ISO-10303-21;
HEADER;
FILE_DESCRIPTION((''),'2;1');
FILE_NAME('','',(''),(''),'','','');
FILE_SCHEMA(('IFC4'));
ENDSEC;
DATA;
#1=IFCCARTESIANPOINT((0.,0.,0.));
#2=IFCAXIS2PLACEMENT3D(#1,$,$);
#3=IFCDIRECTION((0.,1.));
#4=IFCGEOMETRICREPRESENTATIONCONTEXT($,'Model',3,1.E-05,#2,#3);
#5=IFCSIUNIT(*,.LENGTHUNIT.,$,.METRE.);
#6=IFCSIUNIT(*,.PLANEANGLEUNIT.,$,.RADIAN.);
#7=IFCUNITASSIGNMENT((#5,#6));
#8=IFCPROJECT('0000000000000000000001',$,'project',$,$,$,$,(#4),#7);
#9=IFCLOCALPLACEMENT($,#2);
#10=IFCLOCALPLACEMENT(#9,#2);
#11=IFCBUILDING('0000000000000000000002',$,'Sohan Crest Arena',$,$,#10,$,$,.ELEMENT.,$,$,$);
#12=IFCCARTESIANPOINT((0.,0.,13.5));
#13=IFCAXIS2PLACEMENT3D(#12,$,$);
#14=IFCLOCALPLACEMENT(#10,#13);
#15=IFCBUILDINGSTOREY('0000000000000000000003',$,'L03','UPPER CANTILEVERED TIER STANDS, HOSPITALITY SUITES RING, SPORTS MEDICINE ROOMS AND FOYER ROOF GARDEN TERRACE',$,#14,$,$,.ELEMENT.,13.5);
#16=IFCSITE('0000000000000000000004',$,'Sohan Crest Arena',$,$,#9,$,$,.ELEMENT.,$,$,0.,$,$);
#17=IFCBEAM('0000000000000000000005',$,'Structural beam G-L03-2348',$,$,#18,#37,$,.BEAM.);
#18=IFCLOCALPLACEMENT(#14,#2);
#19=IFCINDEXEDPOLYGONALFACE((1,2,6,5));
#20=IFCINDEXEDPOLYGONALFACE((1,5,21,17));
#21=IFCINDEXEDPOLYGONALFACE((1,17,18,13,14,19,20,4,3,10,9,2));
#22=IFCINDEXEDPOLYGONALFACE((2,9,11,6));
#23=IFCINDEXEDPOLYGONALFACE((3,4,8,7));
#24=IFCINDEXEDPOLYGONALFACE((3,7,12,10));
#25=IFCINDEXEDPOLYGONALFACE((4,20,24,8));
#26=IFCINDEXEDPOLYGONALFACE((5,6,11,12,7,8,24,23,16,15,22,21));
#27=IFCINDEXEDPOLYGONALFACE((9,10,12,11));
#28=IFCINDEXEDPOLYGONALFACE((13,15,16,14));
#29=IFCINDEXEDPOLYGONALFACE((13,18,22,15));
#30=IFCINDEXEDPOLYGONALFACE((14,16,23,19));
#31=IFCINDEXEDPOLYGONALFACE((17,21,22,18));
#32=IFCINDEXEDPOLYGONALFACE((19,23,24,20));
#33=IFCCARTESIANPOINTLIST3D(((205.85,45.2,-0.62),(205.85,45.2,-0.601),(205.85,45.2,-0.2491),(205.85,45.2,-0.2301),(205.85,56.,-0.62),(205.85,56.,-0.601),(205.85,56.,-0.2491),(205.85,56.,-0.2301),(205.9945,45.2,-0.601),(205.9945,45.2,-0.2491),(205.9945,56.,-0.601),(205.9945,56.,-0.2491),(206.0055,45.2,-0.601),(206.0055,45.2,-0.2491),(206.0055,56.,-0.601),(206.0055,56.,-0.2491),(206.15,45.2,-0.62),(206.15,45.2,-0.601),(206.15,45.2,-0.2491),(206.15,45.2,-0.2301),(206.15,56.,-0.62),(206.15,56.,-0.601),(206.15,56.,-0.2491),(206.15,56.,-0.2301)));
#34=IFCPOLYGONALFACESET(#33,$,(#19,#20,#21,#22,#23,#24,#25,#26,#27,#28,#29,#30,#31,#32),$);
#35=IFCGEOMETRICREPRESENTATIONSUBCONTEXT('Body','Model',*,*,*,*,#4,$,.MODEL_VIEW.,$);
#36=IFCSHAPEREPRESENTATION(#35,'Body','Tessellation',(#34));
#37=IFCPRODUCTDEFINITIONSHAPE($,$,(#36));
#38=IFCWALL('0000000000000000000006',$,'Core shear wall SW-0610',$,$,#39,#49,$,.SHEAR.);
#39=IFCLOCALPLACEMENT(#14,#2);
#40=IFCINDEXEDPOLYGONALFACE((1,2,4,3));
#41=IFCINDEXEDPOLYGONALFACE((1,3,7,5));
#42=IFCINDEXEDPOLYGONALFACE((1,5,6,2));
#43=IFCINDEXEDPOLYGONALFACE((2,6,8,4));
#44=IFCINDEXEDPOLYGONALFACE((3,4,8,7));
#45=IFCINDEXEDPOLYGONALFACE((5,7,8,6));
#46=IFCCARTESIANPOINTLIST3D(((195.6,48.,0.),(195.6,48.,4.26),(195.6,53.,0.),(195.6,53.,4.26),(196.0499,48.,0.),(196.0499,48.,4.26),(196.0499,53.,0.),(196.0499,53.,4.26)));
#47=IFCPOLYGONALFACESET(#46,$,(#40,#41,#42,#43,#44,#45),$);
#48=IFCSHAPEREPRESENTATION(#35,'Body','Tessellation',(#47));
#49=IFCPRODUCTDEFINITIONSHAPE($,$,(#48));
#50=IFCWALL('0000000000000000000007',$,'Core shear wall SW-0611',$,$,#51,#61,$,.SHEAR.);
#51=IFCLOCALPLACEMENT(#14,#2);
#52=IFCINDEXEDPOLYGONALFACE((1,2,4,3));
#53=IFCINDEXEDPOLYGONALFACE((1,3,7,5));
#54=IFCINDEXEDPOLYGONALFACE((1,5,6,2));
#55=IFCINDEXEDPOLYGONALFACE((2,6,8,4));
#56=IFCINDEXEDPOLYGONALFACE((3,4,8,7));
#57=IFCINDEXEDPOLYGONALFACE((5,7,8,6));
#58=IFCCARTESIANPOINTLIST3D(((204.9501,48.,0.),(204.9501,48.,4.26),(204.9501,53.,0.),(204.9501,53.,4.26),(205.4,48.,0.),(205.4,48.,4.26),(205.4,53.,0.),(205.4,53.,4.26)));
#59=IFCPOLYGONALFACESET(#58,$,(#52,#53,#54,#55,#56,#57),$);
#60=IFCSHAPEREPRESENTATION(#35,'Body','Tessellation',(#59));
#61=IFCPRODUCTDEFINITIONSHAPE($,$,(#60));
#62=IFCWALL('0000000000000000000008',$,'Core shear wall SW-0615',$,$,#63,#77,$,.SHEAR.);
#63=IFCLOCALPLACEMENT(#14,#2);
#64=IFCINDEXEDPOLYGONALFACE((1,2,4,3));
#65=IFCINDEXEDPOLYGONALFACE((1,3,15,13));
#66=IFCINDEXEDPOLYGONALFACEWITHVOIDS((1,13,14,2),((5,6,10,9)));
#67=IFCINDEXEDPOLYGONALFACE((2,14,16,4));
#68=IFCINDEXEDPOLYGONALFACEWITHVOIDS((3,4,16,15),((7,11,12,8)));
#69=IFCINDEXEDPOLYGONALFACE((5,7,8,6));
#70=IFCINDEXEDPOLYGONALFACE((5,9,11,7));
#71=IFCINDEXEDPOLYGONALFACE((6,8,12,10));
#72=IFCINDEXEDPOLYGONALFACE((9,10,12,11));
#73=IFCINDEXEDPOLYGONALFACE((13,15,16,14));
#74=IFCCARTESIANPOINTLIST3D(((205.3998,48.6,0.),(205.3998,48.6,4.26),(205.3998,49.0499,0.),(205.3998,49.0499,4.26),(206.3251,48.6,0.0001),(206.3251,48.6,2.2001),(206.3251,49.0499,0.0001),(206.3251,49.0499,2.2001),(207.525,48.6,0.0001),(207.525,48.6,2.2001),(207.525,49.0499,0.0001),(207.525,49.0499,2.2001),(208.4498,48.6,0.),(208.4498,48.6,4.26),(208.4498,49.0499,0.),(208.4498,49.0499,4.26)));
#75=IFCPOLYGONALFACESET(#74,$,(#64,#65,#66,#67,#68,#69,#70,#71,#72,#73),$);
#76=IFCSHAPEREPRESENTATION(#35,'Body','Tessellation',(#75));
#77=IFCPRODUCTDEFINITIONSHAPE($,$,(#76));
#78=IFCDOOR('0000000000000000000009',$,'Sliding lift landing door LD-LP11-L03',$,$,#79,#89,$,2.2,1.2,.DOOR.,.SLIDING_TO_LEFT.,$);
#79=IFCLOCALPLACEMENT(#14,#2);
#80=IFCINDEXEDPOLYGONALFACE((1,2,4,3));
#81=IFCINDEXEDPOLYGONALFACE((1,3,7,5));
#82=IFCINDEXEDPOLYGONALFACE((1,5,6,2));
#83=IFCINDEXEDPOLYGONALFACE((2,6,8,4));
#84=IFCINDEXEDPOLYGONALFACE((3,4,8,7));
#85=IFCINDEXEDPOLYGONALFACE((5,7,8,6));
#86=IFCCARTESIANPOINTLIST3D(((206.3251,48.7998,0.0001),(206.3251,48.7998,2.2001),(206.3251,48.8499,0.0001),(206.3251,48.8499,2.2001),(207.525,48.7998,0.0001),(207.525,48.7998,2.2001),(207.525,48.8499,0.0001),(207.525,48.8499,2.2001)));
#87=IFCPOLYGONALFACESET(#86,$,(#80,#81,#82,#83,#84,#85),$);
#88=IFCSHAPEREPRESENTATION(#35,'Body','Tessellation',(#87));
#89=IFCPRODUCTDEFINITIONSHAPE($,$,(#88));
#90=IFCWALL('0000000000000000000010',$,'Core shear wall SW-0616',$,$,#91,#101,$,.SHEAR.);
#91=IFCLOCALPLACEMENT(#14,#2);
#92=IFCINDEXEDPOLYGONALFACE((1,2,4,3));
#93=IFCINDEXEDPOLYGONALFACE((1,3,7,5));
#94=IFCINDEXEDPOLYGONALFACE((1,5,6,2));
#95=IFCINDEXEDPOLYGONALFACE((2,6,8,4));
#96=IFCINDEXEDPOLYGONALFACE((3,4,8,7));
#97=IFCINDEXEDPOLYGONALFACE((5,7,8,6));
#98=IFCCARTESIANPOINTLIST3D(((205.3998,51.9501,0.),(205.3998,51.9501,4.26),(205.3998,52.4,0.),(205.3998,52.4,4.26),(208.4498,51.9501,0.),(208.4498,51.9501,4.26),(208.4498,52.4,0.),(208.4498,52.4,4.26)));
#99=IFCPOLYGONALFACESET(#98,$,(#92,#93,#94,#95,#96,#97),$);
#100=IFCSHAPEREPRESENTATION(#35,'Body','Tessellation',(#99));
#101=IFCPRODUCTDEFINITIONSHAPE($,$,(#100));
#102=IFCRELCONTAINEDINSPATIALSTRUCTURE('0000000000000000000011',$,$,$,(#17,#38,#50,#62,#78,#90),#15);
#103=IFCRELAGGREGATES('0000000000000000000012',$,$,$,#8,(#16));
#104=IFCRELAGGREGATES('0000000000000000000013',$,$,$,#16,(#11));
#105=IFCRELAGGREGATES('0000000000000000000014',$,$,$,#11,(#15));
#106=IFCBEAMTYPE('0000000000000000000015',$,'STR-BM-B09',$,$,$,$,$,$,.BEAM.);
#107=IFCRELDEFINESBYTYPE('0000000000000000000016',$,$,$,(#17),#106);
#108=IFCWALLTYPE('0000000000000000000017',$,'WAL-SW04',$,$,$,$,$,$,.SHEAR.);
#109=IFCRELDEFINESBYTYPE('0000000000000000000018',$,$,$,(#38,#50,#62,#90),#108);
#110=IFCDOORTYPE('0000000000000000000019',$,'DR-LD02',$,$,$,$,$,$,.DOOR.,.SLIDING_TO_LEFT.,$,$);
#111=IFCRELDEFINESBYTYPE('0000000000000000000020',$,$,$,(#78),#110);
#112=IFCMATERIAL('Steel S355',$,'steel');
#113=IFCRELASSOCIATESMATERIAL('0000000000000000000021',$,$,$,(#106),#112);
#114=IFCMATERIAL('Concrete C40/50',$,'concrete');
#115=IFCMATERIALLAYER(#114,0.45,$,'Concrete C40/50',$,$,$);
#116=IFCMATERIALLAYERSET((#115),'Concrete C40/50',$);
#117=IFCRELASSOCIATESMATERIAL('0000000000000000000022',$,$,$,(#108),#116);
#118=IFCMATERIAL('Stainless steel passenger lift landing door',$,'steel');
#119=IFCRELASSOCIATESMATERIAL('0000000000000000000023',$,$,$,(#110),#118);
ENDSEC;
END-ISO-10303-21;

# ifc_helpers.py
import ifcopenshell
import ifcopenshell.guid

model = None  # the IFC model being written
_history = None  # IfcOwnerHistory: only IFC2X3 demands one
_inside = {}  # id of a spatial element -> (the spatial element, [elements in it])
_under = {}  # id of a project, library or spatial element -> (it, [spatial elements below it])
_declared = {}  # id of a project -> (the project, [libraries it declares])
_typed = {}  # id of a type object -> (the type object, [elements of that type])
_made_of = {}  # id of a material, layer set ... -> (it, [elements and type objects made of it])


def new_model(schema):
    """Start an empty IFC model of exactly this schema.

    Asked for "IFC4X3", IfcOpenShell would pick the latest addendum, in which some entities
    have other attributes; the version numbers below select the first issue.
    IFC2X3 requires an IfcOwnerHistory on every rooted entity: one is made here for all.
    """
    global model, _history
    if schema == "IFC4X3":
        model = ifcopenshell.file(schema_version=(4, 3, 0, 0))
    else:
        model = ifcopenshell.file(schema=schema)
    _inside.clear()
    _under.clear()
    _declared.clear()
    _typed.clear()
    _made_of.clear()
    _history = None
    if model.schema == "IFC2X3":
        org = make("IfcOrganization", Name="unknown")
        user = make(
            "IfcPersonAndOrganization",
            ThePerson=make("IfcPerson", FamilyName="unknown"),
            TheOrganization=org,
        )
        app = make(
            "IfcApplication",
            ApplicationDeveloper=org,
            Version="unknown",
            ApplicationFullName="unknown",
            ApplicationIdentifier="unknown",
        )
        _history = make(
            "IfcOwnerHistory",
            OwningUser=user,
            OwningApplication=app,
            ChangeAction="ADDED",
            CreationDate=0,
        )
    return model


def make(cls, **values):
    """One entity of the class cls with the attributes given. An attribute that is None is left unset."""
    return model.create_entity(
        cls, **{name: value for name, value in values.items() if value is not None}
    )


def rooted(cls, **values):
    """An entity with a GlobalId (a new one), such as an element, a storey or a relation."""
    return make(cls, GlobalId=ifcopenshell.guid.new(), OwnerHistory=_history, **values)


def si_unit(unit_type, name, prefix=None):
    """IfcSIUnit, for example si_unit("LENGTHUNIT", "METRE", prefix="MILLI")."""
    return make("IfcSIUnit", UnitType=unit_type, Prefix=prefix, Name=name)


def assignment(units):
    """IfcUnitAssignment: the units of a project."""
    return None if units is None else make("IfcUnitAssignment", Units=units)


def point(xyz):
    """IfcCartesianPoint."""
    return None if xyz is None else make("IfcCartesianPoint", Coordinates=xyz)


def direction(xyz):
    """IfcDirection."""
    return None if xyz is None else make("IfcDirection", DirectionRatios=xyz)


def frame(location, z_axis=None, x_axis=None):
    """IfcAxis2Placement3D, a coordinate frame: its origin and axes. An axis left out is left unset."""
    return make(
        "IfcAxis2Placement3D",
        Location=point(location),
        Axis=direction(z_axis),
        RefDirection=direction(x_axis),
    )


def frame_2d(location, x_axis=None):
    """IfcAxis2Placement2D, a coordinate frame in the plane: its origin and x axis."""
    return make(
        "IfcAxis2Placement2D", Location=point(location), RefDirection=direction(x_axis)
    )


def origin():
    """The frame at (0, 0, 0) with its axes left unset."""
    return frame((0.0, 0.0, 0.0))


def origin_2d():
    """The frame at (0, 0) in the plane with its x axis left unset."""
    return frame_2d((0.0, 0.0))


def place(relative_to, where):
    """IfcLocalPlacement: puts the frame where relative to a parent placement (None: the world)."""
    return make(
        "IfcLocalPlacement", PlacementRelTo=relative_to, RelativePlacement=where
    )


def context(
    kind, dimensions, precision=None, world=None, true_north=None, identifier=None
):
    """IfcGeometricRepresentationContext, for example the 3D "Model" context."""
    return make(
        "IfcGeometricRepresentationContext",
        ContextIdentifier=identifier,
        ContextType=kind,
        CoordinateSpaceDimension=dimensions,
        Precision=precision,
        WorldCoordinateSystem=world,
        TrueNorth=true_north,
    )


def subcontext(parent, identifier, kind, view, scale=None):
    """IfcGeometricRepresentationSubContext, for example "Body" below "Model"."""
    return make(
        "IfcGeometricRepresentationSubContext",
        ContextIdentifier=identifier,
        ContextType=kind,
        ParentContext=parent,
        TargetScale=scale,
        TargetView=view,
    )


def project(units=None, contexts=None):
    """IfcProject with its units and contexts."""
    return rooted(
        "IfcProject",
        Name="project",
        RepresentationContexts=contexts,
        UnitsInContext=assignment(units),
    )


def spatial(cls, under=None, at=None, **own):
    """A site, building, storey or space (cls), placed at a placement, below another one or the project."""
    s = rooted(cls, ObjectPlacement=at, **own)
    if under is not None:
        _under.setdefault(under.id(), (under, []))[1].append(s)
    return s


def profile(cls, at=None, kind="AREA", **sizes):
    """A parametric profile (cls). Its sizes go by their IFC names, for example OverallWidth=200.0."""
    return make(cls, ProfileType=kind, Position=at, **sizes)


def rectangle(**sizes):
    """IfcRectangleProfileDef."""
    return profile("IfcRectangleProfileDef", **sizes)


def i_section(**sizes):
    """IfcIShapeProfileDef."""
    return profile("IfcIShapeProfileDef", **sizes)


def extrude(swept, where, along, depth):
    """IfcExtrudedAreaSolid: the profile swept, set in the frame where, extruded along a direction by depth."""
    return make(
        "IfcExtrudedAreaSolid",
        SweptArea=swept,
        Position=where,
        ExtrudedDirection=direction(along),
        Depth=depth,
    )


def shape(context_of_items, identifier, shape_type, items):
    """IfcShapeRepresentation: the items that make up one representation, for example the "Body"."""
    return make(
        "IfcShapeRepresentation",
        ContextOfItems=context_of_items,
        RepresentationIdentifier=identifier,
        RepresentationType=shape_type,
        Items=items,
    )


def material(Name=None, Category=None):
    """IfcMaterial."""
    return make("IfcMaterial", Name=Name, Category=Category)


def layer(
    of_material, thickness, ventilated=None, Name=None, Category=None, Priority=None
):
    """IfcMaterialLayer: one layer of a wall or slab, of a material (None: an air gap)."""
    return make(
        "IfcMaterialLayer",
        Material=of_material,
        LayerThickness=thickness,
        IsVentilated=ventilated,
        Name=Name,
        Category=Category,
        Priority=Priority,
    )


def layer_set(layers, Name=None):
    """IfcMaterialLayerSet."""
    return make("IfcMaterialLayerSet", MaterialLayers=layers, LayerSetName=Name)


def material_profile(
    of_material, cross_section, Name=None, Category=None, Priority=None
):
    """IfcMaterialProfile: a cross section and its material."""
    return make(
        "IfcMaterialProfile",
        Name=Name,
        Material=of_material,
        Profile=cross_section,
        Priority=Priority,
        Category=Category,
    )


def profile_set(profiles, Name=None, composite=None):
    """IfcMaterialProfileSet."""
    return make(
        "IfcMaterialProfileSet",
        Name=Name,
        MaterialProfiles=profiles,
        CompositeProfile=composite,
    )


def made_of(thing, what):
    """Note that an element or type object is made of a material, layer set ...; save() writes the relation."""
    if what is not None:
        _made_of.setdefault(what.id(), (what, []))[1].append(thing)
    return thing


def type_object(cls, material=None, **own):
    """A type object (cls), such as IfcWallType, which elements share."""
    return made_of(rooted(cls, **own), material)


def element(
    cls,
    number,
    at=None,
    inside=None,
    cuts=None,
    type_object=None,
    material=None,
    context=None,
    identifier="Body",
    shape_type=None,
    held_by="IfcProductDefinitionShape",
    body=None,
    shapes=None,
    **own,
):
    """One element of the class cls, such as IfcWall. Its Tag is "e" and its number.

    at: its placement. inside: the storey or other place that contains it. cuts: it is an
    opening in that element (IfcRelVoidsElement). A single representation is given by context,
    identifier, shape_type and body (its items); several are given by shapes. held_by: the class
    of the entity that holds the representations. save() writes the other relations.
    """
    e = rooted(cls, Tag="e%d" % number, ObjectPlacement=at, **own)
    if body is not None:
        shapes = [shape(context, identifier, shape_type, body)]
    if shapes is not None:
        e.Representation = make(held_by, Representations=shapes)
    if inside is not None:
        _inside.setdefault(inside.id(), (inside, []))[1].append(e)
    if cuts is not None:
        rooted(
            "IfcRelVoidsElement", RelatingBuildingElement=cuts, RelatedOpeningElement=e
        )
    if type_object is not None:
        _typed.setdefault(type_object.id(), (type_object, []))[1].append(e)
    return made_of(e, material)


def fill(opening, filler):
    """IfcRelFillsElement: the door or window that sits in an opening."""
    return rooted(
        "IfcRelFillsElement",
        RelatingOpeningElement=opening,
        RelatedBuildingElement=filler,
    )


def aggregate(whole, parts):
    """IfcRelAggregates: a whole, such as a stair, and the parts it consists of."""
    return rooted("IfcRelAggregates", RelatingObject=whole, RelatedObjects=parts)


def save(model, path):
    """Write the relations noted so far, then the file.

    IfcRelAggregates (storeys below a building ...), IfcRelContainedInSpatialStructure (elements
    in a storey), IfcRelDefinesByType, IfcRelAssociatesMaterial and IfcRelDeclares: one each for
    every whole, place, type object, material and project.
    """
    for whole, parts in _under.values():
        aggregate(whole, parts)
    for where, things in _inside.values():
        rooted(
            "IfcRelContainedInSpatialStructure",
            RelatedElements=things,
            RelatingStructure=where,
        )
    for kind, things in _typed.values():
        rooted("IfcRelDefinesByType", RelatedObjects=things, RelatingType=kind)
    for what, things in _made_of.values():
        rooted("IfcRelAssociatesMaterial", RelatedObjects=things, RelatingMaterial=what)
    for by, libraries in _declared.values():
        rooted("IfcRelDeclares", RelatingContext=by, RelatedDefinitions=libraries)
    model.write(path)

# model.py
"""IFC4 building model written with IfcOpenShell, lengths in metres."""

from ifc_helpers import new_model, si_unit, direction, frame, frame_2d, origin, origin_2d, place, context, subcontext, project, spatial, rectangle, i_section, extrude, material, layer, layer_set, material_profile, profile_set, type_object, element, fill, save


model = new_model("IFC4")

# Units and contexts
model_context = context("Model", 3, precision=1e-05, world=origin(), true_north=direction((0.0, 1.0)))
body_context = subcontext(model_context, "Body", "Model", "MODEL_VIEW")
ifc_project = project(units=[si_unit("LENGTHUNIT", "METRE"), si_unit("PLANEANGLEUNIT", "RADIAN")], contexts=[model_context])

# Site, building, storey
site_placement = place(None, origin())
site = spatial("IfcSite", under=ifc_project, at=site_placement, Name="Sohan Crest Arena", CompositionType="ELEMENT", RefElevation=0.0)
building_placement = place(site_placement, origin())
building = spatial("IfcBuilding", under=site, at=building_placement, Name="Sohan Crest Arena", CompositionType="ELEMENT")
storey_placement = place(building_placement, frame((0.0, 0.0, 13.5)))
storey = spatial("IfcBuildingStorey", under=building, at=storey_placement, Name="L03", Description="UPPER CANTILEVERED TIER STANDS, HOSPITALITY SUITES RING, SPORTS MEDICINE ROOMS AND FOYER ROOF GARDEN TERRACE", CompositionType="ELEMENT", Elevation=13.5)

# Shared definitions
ifc_material_1 = material(Name="Concrete C40/50", Category="concrete")

# Beam
ifc_material_2 = material(Name="Steel S355", Category="steel")
ifc_material_profile_1 = material_profile(ifc_material_2, i_section(OverallWidth=0.3, OverallDepth=0.3899, WebThickness=0.011, FlangeThickness=0.019, at=origin_2d()), Name="HEA 400")
ifc_profile_set_1 = profile_set([ifc_material_profile_1], Name="Steel S355")
beam_type_1 = type_object("IfcBeamType", Name="STR-BM-B09", PredefinedType="BEAM", material=ifc_profile_set_1)
beam_1_placement = place(storey_placement, frame((206.0, 45.2, -0.425), z_axis=(0.0, 1.0, 0.0), x_axis=(-1.0, 0.0, 0.0)))
element("IfcBeam", 1, at=beam_1_placement, inside=storey, type_object=beam_type_1, Name="Structural beam G-L03-2348", PredefinedType="BEAM", context=body_context, shape_type="SweptSolid", body=[
    extrude(i_section(OverallWidth=0.3, OverallDepth=0.3899, WebThickness=0.011, FlangeThickness=0.019, at=origin_2d()), origin(), (0.0, 0.0, 1.0), 10.8),
])

# Walls
ifc_layer_1 = layer(ifc_material_1, 0.45, Name="Concrete C40/50")
ifc_layer_set_1 = layer_set([ifc_layer_1], Name="Concrete C40/50")
wall_type = type_object("IfcWallType", Name="WAL-SW04", PredefinedType="SHEAR", material=ifc_layer_set_1)
for number, where, z_axis, x_axis, name in (
    (2, (195.825, 48.0, 0.0), (0.0, 0.0, 1.0), (0.0, 1.0, 0.0), "Core shear wall SW-0610"),
    (3, (205.175, 48.0, 0.0), (0.0, 0.0, 1.0), (0.0, 1.0, 0.0), "Core shear wall SW-0611"),
):
    element("IfcWall", number, at=place(storey_placement, frame(where, z_axis=z_axis, x_axis=x_axis)), inside=storey, type_object=wall_type, Name=name, PredefinedType="SHEAR", context=body_context, shape_type="SweptSolid", body=[
        extrude(rectangle(XDim=5.0, YDim=0.45, at=frame_2d((2.5, 0.0))), origin(), (0.0, 0.0, 1.0), 4.26),
    ])

# Wall, opening, door
wall_1_placement = place(storey_placement, frame((205.3999, 48.825, 0.0), z_axis=(0.0, 0.0, 1.0), x_axis=(1.0, 0.0, 0.0)))
wall_1 = element("IfcWall", 4, at=wall_1_placement, inside=storey, type_object=wall_type, Name="Core shear wall SW-0615", PredefinedType="SHEAR", context=body_context, shape_type="SweptSolid", body=[
    extrude(rectangle(XDim=3.05, YDim=0.45, at=frame_2d((1.5249, 0.0))), origin(), (0.0, 0.0, 1.0), 4.26),
])
opening_placement = place(wall_1_placement, frame((0.925, 0.0, 0.0)))
opening = element("IfcOpeningElement", 5, at=opening_placement, cuts=wall_1, PredefinedType="OPENING", context=body_context, shape_type="SweptSolid", body=[
    extrude(rectangle(XDim=1.2, YDim=2.2, at=frame_2d((0.6001, 1.1001))), frame((0.0, 0.2349, 0.0), z_axis=(0.0, -1.0, 0.0), x_axis=(1.0, 0.0, 0.0)), (0.0, 0.0, 1.0), 0.47),
])
ifc_material_3 = material(Name="Stainless steel passenger lift landing door", Category="steel")
door_type = type_object("IfcDoorType", Name="DR-LD02", OperationType="SLIDING_TO_LEFT", PredefinedType="DOOR", material=ifc_material_3)
door_placement = place(opening_placement, origin())
door = element("IfcDoor", 6, at=door_placement, inside=storey, type_object=door_type, Name="Sliding lift landing door LD-LP11-L03", OperationType="SLIDING_TO_LEFT", OverallHeight=2.2, OverallWidth=1.2, PredefinedType="DOOR", context=body_context, shape_type="SweptSolid", body=[
    extrude(rectangle(XDim=1.2, YDim=2.2, at=frame_2d((0.6001, 1.1001))), frame((0.0, 0.0249, 0.0), z_axis=(0.0, -1.0, 0.0), x_axis=(1.0, 0.0, 0.0)), (0.0, 0.0, 1.0), 0.05),
])
fill(opening, door)

# Wall
wall_2_placement = place(storey_placement, frame((205.3999, 52.175, 0.0), z_axis=(0.0, 0.0, 1.0), x_axis=(1.0, 0.0, 0.0)))
element("IfcWall", 7, at=wall_2_placement, inside=storey, type_object=wall_type, Name="Core shear wall SW-0616", PredefinedType="SHEAR", context=body_context, shape_type="SweptSolid", body=[
    extrude(rectangle(XDim=3.05, YDim=0.45, at=frame_2d((1.5249, 0.0))), origin(), (0.0, 0.0, 1.0), 4.26),
])

save(model, "model.ifc")
